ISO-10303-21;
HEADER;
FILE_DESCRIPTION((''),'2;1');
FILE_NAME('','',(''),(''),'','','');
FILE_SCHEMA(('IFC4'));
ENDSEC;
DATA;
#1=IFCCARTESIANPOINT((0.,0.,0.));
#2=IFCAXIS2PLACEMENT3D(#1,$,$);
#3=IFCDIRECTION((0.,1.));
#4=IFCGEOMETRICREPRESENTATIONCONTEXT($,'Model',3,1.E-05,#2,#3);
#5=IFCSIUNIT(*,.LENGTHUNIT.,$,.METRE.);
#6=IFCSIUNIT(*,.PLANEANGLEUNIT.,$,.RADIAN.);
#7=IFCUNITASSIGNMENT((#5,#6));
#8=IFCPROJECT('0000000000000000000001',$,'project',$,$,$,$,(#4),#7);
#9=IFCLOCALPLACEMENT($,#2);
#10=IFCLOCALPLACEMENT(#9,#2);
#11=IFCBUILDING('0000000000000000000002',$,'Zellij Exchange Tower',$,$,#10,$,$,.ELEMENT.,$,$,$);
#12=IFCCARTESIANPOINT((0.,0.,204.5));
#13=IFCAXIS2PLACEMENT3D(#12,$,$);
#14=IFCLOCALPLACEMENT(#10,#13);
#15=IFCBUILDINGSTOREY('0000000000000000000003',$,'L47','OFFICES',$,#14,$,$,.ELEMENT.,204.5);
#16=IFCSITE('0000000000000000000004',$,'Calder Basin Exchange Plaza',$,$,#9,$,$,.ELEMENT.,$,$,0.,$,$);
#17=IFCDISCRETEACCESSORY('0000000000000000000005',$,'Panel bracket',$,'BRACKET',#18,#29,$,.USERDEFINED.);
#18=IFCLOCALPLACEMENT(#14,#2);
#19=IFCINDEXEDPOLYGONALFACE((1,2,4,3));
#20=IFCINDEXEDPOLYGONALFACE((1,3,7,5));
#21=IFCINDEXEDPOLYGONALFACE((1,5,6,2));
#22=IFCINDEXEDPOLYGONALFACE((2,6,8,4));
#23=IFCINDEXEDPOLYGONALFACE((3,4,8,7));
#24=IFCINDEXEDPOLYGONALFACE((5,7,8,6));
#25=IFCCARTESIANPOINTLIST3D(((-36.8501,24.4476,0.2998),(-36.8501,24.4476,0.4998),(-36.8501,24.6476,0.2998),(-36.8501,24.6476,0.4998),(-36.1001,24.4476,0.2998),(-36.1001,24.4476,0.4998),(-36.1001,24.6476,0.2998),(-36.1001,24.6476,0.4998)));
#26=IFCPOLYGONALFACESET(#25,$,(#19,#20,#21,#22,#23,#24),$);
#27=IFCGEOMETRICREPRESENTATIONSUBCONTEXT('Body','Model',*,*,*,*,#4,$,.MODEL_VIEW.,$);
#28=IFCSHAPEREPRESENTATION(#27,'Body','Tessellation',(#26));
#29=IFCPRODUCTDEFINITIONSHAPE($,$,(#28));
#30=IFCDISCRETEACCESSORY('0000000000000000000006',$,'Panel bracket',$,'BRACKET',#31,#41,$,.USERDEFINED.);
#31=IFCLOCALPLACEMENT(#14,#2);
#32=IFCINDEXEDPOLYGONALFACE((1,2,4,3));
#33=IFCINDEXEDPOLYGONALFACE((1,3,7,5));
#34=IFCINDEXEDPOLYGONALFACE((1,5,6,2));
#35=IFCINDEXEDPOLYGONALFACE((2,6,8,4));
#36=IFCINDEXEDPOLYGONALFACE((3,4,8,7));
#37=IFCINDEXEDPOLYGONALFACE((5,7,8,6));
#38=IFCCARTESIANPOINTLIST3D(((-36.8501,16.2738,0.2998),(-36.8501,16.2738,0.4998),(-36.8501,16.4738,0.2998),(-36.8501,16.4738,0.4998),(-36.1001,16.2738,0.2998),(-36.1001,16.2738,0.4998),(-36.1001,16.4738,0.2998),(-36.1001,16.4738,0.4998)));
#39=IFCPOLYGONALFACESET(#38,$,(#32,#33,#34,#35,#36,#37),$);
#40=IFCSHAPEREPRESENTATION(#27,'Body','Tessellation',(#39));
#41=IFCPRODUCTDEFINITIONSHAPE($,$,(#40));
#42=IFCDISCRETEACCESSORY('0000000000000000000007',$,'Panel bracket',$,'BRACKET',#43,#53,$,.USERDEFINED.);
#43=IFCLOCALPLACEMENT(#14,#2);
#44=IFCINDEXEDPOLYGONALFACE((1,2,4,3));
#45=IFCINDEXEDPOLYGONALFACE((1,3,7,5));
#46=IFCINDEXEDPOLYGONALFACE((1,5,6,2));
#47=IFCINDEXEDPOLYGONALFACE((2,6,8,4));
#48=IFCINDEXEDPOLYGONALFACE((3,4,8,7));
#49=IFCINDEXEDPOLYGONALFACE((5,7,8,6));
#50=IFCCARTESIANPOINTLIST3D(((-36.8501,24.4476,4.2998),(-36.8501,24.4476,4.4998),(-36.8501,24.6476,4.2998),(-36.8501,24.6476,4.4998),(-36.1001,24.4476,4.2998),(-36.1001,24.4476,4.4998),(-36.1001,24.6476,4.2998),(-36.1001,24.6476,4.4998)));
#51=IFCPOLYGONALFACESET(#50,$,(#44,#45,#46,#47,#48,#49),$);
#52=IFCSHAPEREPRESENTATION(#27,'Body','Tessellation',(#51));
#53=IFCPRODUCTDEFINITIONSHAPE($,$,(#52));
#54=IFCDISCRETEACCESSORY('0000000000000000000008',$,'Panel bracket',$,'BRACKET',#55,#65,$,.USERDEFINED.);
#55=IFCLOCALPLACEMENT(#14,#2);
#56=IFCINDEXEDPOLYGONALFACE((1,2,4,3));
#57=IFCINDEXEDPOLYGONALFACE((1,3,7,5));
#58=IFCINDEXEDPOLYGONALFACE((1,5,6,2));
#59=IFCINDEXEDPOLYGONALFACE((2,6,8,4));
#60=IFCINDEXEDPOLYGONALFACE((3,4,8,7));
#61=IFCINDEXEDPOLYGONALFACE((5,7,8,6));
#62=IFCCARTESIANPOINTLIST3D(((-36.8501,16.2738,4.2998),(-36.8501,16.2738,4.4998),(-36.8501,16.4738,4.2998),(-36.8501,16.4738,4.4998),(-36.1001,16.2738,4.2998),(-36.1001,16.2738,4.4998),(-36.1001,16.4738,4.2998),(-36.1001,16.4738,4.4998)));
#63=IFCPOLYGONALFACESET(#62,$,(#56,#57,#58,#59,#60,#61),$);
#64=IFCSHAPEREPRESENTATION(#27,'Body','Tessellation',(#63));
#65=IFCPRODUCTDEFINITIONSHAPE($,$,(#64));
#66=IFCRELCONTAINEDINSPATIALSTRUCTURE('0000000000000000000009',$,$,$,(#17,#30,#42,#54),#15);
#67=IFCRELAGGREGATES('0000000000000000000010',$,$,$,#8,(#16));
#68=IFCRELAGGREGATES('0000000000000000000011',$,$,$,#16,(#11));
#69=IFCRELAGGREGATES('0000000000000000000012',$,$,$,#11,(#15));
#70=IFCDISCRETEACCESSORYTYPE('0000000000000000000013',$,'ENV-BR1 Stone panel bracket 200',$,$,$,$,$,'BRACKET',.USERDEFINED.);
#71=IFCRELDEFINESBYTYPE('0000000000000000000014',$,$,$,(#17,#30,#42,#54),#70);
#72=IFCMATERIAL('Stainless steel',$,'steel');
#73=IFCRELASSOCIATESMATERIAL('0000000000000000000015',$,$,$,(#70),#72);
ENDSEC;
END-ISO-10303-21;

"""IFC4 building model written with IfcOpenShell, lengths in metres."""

from ifc_helpers import new_model, si_unit, direction, frame, origin, origin_2d, place, context, subcontext, project, spatial, rectangle, extrude, material, type_object, element, save


model = new_model("IFC4")

# Units and contexts
model_context = context("Model", 3, precision=1e-05, world=origin(), true_north=direction((0.0, 1.0)))
body_context = subcontext(model_context, "Body", "Model", "MODEL_VIEW")
ifc_project = project(units=[si_unit("LENGTHUNIT", "METRE"), si_unit("PLANEANGLEUNIT", "RADIAN")], contexts=[model_context])

# Site, building, storey
site_placement = place(None, origin())
site = spatial("IfcSite", under=ifc_project, at=site_placement, Name="Calder Basin Exchange Plaza", CompositionType="ELEMENT", RefElevation=0.0)
building_placement = place(site_placement, origin())
building = spatial("IfcBuilding", under=site, at=building_placement, Name="Zellij Exchange Tower", CompositionType="ELEMENT")
storey_placement = place(building_placement, frame((0.0, 0.0, 204.5)))
storey = spatial("IfcBuildingStorey", under=building, at=storey_placement, Name="L47", Description="OFFICES", CompositionType="ELEMENT", Elevation=204.5)

# Discrete accessories
ifc_material_1 = material(Name="Stainless steel", Category="steel")
discrete_accessory_type = type_object("IfcDiscreteAccessoryType", Name="ENV-BR1 Stone panel bracket 200", ElementType="BRACKET", PredefinedType="USERDEFINED", material=ifc_material_1)
for number, where, z_axis, x_axis, name in (
    (1, (-36.4751, 24.5476, 0.2998), (0.0, 0.0, 1.0), (0.0, -1.0, 0.0), "Panel bracket"),
    (2, (-36.4751, 16.3738, 0.2998), (0.0, 0.0, 1.0), (0.0, -1.0, 0.0), "Panel bracket"),
    (3, (-36.4751, 24.5476, 4.2998), (0.0, 0.0, 1.0), (0.0, -1.0, 0.0), "Panel bracket"),
    (4, (-36.4751, 16.3738, 4.2998), (0.0, 0.0, 1.0), (0.0, -1.0, 0.0), "Panel bracket"),
):
    element("IfcDiscreteAccessory", number, at=place(storey_placement, frame(where, z_axis=z_axis, x_axis=x_axis)), inside=storey, type_object=discrete_accessory_type, Name=name, ObjectType="BRACKET", PredefinedType="USERDEFINED", context=body_context, shape_type="SweptSolid", body=[
        extrude(rectangle(XDim=0.2, YDim=0.75, at=origin_2d()), origin(), (0.0, 0.0, 1.0), 0.2),
    ])

save(model, "model.ifc")
